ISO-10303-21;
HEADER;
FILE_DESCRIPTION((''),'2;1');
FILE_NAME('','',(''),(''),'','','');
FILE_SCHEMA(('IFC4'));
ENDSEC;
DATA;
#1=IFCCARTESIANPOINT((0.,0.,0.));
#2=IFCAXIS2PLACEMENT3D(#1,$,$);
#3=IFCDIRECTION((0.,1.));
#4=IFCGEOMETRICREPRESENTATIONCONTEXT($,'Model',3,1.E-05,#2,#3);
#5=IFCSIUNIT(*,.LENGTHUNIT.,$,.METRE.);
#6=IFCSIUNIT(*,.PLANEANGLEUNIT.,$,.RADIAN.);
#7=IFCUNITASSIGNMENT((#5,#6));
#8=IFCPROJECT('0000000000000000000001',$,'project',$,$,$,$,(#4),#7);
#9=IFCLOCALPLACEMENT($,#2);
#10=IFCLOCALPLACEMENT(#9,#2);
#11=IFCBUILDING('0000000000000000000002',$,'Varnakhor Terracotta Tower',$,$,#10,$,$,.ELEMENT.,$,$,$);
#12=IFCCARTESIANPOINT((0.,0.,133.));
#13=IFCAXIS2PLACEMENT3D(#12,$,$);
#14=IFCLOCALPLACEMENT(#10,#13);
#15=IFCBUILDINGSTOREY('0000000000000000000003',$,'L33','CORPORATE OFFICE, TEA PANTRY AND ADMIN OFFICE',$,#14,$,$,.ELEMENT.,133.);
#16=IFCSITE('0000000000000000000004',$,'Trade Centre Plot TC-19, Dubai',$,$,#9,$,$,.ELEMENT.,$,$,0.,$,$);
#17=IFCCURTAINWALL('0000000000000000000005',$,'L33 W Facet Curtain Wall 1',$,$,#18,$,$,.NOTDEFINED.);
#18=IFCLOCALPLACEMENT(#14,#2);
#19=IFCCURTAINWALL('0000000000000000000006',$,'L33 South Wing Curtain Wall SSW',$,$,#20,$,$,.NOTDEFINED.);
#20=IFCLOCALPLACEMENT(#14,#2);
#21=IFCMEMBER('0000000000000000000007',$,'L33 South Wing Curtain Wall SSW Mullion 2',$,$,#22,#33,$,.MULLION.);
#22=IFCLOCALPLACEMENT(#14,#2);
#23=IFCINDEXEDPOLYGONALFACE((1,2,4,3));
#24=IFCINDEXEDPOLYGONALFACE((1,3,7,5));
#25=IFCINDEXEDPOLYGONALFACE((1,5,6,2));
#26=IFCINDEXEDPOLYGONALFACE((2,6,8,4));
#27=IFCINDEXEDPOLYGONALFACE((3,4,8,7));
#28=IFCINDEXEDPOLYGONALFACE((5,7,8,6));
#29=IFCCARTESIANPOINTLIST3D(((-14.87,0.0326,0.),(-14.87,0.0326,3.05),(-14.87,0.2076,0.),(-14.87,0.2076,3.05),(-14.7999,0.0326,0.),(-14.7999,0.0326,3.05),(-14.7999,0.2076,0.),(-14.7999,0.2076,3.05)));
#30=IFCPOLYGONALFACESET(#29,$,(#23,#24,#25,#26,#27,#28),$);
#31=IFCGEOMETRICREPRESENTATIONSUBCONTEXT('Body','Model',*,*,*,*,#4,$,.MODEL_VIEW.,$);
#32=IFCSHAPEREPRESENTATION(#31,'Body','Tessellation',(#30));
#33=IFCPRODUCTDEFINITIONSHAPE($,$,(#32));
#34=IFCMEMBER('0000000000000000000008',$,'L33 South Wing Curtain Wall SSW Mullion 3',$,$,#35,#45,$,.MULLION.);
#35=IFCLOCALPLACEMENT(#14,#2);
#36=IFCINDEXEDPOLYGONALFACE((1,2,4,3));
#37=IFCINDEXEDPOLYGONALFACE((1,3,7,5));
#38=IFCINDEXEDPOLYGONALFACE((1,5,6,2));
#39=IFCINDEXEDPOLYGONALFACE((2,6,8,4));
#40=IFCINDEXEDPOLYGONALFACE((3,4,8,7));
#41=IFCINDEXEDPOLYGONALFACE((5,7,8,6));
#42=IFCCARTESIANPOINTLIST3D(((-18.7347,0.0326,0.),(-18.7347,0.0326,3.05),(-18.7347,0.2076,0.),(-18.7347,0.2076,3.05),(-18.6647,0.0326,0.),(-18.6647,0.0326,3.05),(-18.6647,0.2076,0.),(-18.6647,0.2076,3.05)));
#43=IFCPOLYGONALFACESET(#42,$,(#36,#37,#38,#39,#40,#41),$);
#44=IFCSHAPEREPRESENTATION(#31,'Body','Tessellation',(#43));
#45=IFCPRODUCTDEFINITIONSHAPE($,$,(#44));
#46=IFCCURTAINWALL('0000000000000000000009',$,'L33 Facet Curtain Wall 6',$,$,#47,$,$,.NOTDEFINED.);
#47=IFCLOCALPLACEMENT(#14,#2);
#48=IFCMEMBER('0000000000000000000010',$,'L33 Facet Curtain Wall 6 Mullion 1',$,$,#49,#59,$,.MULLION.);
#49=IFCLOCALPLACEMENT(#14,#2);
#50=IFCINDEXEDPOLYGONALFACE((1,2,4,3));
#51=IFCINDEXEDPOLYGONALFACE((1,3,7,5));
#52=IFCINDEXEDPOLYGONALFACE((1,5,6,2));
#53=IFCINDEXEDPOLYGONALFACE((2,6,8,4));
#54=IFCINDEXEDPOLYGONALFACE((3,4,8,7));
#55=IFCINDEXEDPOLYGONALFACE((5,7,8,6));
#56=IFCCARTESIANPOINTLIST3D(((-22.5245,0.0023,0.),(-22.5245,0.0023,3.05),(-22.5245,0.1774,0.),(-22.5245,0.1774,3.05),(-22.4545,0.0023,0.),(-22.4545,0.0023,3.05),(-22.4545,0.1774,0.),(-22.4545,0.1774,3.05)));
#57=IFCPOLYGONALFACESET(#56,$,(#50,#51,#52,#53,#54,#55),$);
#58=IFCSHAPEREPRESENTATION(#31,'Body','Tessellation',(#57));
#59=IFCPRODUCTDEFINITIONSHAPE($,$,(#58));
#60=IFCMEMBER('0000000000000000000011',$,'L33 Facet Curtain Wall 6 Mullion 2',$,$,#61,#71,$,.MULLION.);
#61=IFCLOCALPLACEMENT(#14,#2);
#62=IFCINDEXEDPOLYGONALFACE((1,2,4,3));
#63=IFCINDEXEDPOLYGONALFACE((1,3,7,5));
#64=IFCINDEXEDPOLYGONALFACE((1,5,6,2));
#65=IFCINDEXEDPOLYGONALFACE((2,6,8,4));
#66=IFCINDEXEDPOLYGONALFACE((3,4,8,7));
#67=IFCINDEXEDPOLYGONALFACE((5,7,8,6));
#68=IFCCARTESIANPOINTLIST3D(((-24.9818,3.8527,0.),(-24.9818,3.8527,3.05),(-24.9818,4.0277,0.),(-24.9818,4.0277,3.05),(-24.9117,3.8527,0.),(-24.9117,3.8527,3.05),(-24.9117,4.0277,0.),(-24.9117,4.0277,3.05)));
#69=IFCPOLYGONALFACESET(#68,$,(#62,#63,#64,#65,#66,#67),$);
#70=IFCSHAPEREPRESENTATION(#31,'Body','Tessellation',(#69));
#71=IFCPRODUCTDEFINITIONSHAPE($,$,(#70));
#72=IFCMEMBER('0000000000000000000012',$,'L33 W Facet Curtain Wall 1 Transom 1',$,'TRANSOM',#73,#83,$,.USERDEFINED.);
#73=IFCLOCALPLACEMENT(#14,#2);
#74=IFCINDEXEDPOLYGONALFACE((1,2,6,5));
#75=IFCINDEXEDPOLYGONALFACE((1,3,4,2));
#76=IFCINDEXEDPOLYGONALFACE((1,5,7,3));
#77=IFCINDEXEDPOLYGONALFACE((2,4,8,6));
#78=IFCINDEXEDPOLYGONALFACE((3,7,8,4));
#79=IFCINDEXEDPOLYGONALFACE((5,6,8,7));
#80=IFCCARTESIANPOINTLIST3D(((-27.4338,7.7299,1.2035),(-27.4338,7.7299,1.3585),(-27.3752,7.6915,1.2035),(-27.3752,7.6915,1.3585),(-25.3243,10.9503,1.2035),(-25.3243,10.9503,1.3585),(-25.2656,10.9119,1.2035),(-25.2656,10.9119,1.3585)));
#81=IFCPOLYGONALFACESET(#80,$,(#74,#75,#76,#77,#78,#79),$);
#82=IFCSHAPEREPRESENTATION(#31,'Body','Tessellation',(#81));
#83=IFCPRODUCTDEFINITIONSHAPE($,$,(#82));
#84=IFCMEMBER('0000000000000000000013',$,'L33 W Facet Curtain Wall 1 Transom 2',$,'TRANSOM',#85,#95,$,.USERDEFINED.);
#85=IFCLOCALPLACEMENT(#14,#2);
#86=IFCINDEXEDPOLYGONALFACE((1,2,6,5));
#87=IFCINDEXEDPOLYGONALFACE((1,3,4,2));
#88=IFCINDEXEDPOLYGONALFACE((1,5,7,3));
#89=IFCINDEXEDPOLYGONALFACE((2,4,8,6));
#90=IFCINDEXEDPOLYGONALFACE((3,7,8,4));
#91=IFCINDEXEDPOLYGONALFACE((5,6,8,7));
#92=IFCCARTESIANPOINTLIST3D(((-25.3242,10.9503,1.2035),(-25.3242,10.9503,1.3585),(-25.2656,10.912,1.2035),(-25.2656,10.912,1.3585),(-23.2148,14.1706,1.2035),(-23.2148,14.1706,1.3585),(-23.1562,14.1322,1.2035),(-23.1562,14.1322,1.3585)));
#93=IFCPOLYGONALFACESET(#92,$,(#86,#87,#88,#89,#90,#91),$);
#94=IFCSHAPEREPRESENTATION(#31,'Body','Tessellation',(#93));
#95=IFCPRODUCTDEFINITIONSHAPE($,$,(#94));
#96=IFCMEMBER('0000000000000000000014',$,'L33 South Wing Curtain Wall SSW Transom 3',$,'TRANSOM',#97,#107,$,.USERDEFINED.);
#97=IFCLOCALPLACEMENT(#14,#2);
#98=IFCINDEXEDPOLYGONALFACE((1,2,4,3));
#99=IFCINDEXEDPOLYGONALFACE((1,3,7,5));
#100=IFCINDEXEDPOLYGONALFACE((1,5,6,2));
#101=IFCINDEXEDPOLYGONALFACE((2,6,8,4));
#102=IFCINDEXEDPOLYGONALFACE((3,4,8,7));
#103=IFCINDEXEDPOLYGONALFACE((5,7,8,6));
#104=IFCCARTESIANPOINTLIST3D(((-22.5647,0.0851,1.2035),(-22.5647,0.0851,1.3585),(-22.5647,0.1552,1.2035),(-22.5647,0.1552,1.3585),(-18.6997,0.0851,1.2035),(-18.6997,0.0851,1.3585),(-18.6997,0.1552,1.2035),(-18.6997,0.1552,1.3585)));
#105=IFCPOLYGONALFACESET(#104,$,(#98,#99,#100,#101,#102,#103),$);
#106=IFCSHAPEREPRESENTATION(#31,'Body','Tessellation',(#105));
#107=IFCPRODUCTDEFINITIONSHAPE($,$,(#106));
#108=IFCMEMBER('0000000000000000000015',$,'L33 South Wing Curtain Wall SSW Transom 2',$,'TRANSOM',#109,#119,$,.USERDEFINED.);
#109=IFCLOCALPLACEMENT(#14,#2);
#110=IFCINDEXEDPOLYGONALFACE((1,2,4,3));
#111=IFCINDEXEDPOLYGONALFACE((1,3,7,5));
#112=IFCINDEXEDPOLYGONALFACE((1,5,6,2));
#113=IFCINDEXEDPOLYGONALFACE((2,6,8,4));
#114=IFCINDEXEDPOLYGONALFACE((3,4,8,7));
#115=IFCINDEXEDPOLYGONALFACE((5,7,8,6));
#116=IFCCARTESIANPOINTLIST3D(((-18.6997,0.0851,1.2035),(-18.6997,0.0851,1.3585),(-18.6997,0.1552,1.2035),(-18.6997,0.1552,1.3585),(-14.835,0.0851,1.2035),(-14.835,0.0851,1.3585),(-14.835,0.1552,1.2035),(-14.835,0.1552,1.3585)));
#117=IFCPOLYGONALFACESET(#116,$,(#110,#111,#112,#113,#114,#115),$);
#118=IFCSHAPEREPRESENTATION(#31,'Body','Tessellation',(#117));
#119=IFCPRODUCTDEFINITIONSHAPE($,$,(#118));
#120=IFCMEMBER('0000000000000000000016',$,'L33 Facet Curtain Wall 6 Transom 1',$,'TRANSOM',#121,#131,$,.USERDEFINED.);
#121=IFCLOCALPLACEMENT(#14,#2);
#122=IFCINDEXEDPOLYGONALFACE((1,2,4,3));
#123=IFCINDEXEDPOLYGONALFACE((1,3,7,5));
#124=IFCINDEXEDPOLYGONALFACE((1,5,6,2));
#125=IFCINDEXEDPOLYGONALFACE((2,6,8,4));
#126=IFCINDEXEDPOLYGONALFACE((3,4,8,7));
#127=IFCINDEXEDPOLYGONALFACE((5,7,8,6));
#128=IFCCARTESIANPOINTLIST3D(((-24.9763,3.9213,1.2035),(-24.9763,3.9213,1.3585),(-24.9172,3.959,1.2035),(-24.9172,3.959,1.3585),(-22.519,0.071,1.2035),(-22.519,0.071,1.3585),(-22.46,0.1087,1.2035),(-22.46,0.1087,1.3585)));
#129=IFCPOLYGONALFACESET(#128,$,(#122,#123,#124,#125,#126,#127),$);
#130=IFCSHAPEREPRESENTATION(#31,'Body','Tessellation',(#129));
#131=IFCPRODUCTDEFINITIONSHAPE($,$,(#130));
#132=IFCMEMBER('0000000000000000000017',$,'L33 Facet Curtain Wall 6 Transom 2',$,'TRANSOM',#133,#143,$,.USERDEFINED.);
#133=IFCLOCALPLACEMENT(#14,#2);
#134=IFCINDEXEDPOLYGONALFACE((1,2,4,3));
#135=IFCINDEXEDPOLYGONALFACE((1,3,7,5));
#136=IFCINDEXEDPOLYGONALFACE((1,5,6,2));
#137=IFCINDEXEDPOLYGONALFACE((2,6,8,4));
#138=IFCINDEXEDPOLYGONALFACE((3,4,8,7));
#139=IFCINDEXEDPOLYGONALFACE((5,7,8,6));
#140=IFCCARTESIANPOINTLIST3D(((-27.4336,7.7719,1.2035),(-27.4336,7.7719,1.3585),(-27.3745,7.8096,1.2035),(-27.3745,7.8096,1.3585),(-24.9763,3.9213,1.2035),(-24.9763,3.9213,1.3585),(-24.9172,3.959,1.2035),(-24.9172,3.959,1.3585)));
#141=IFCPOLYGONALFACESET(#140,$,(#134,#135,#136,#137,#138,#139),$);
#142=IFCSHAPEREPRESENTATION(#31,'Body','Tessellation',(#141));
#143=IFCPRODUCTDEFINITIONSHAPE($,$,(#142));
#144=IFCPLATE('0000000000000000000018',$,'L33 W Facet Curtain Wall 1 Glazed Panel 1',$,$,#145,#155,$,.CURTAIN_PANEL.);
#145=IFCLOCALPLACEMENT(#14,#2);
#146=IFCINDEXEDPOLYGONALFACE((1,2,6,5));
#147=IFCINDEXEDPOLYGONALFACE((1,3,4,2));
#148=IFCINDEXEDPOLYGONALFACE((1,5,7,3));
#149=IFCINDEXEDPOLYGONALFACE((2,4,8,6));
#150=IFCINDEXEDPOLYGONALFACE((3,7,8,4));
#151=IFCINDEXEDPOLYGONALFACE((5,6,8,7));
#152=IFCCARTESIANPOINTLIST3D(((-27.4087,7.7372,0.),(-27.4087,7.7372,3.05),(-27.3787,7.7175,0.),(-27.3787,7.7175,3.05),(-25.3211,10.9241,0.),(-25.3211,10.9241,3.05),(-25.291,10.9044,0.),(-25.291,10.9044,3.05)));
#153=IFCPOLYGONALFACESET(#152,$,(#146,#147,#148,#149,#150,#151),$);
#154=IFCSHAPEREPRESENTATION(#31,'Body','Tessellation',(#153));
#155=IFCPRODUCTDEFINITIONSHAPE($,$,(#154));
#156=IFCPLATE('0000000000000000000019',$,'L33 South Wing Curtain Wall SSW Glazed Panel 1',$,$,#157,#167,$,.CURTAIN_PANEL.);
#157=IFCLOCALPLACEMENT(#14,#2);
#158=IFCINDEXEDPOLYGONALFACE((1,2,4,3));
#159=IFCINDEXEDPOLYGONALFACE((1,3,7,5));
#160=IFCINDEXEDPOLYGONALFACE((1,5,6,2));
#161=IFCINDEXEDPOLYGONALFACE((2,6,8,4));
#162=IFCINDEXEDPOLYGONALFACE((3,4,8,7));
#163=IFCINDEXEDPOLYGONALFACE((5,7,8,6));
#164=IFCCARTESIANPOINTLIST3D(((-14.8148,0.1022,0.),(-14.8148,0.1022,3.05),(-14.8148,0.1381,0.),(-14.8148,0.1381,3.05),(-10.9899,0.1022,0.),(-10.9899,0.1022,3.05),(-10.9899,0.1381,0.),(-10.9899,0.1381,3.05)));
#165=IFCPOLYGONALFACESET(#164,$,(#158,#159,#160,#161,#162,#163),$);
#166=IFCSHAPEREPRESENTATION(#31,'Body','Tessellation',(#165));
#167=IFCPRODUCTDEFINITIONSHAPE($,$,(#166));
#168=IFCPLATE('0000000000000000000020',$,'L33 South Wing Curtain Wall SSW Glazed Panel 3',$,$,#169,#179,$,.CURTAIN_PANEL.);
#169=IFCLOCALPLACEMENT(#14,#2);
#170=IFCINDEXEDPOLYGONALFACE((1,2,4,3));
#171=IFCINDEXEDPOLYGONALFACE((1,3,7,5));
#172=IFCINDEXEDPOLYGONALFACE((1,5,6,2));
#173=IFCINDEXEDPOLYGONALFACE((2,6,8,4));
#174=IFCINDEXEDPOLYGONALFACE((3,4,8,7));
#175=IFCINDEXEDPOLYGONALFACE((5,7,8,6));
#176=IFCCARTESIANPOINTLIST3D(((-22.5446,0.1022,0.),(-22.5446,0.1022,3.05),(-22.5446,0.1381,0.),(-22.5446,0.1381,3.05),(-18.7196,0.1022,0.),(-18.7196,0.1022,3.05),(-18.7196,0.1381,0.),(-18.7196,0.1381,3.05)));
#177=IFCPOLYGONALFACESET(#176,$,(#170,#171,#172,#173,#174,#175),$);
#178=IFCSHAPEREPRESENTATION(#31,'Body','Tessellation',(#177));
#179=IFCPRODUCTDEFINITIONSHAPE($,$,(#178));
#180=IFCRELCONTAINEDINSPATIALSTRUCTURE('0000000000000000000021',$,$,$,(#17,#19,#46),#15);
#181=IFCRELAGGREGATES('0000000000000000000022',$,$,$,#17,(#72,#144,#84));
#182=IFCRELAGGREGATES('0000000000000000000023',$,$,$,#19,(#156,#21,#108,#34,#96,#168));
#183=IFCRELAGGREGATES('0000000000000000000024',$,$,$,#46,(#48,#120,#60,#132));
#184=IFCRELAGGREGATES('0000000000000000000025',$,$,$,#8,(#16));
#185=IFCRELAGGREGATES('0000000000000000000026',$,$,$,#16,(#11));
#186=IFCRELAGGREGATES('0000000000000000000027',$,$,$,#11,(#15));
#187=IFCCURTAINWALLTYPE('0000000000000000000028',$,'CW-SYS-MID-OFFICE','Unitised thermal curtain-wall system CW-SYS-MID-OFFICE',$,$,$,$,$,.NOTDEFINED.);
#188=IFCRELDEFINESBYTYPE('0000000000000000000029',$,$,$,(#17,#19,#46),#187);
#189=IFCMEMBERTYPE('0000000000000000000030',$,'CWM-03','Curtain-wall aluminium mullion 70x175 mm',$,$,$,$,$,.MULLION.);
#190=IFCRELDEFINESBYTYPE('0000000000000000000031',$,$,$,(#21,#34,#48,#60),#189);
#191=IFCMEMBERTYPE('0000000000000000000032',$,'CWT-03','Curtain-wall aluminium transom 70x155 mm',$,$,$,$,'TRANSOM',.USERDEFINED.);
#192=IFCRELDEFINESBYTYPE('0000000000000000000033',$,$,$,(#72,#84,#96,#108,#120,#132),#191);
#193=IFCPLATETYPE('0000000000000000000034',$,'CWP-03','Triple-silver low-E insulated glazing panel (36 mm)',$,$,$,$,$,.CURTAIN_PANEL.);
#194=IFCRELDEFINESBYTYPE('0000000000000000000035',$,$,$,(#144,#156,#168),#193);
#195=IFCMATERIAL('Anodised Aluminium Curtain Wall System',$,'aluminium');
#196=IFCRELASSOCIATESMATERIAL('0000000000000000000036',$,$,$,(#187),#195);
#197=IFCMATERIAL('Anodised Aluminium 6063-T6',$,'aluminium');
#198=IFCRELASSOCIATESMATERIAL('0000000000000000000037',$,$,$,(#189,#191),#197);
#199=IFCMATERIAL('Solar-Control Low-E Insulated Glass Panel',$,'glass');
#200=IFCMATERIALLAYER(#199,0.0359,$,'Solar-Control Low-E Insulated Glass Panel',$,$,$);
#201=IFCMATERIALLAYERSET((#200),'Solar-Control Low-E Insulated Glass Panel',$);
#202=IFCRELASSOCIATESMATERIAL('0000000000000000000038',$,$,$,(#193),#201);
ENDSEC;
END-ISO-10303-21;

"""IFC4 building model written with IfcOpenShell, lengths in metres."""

from ifc_helpers import new_model, si_unit, direction, frame, origin, origin_2d, place, context, subcontext, project, spatial, rectangle, extrude, source, transform, mapped, material, layer, layer_set, material_profile, profile_set, type_object, element, aggregate, save


model = new_model("IFC4")

# Units and contexts
model_context = context("Model", 3, precision=1e-05, world=origin(), true_north=direction((0.0, 1.0)))
body_context = subcontext(model_context, "Body", "Model", "MODEL_VIEW")
ifc_project = project(units=[si_unit("LENGTHUNIT", "METRE"), si_unit("PLANEANGLEUNIT", "RADIAN")], contexts=[model_context])

# Site, building, storey
site_placement = place(None, origin())
site = spatial("IfcSite", under=ifc_project, at=site_placement, Name="Trade Centre Plot TC-19, Dubai", CompositionType="ELEMENT", RefElevation=0.0)
building_placement = place(site_placement, origin())
building = spatial("IfcBuilding", under=site, at=building_placement, Name="Varnakhor Terracotta Tower", CompositionType="ELEMENT")
storey_placement = place(building_placement, frame((0.0, 0.0, 133.0)))
storey = spatial("IfcBuildingStorey", under=building, at=storey_placement, Name="L33", Description="CORPORATE OFFICE, TEA PANTRY AND ADMIN OFFICE", CompositionType="ELEMENT", Elevation=133.0)

# Curtain walls, members
ifc_material_1 = material(Name="Anodised Aluminium Curtain Wall System", Category="aluminium")
curtain_wall_type = type_object("IfcCurtainWallType", Name="CW-SYS-MID-OFFICE", Description="Unitised thermal curtain-wall system CW-SYS-MID-OFFICE", PredefinedType="NOTDEFINED", material=ifc_material_1)
curtain_wall_1_placement = place(storey_placement, origin())
curtain_wall_1 = element("IfcCurtainWall", 1, at=curtain_wall_1_placement, inside=storey, type_object=curtain_wall_type, Name="L33 W Facet Curtain Wall 1", PredefinedType="NOTDEFINED")
ifc_material_2 = material(Name="Anodised Aluminium 6063-T6", Category="aluminium")
ifc_material_profile_1 = material_profile(ifc_material_2, rectangle(XDim=0.0701, YDim=0.175, at=origin_2d()), Name="ALU MULLION 70x175")
ifc_profile_set_1 = profile_set([ifc_material_profile_1], Name="Anodised Aluminium 6063-T6")
member_type_1 = type_object("IfcMemberType", Name="CWM-03", Description="Curtain-wall aluminium mullion 70x175 mm", PredefinedType="MULLION", material=ifc_profile_set_1)
shared_shape_1 = source(origin(), body_context, "Body", "SweptSolid", [
    extrude(rectangle(XDim=0.0701, YDim=0.175, at=origin_2d()), origin(), (0.0, 0.0, 1.0), 3.05),
])
curtain_wall_2_placement = place(storey_placement, origin())
curtain_wall_2 = element("IfcCurtainWall", 2, at=curtain_wall_2_placement, inside=storey, type_object=curtain_wall_type, Name="L33 South Wing Curtain Wall SSW", PredefinedType="NOTDEFINED")
member_1_placement = place(storey_placement, frame((-14.835, 0.1201, 0.0), z_axis=(0.0, 0.0, 1.0), x_axis=(1.0, 0.0, 0.0)))
member_1 = element("IfcMember", 3, at=member_1_placement, type_object=member_type_1, Name="L33 South Wing Curtain Wall SSW Mullion 2", PredefinedType="MULLION", context=body_context, shape_type="MappedRepresentation", body=[
    mapped(shared_shape_1, transform((0.0, 0.0, 0.0), scale=1.0)),
])
member_2_placement = place(storey_placement, frame((-18.6997, 0.1201, 0.0), z_axis=(0.0, 0.0, 1.0), x_axis=(1.0, 0.0, 0.0)))
member_2 = element("IfcMember", 4, at=member_2_placement, type_object=member_type_1, Name="L33 South Wing Curtain Wall SSW Mullion 3", PredefinedType="MULLION", context=body_context, shape_type="MappedRepresentation", body=[
    mapped(shared_shape_1, transform((0.0, 0.0, 0.0), scale=1.0)),
])
curtain_wall_3_placement = place(storey_placement, origin())
curtain_wall_3 = element("IfcCurtainWall", 5, at=curtain_wall_3_placement, inside=storey, type_object=curtain_wall_type, Name="L33 Facet Curtain Wall 6", PredefinedType="NOTDEFINED")
member_3_placement = place(storey_placement, frame((-22.4895, 0.0898, 0.0), z_axis=(0.0, 0.0, 1.0), x_axis=(1.0, 0.0, 0.0)))
member_3 = element("IfcMember", 6, at=member_3_placement, type_object=member_type_1, Name="L33 Facet Curtain Wall 6 Mullion 1", PredefinedType="MULLION", context=body_context, shape_type="MappedRepresentation", body=[
    mapped(shared_shape_1, transform((0.0, 0.0, 0.0), scale=1.0)),
])
member_4_placement = place(storey_placement, frame((-24.9468, 3.9402, 0.0), z_axis=(0.0, 0.0, 1.0), x_axis=(1.0, 0.0, 0.0)))
member_4 = element("IfcMember", 7, at=member_4_placement, type_object=member_type_1, Name="L33 Facet Curtain Wall 6 Mullion 2", PredefinedType="MULLION", context=body_context, shape_type="MappedRepresentation", body=[
    mapped(shared_shape_1, transform((0.0, 0.0, 0.0), scale=1.0)),
])

# Members
ifc_material_profile_2 = material_profile(ifc_material_2, rectangle(XDim=0.0701, YDim=0.155, at=origin_2d()), Name="ALU TRANSOM 70x155")
ifc_profile_set_2 = profile_set([ifc_material_profile_2], Name="Anodised Aluminium 6063-T6")
member_type_2 = type_object("IfcMemberType", Name="CWT-03", Description="Curtain-wall aluminium transom 70x155 mm", ElementType="TRANSOM", PredefinedType="USERDEFINED", material=ifc_profile_set_2)
shared_shape_2 = source(origin(), body_context, "Body", "SweptSolid", [
    extrude(rectangle(XDim=0.0701, YDim=0.155, at=origin_2d()), origin(), (0.0, 0.0, 1.0), 3.8499),
])
member_5_placement = place(storey_placement, frame((-27.4045, 7.7107, 1.281), z_axis=(0.547965, 0.836501, 0.0), x_axis=(-0.836501, 0.547965, 0.0)))
member_5 = element("IfcMember", 8, at=member_5_placement, type_object=member_type_2, Name="L33 W Facet Curtain Wall 1 Transom 1", ObjectType="TRANSOM", PredefinedType="USERDEFINED", context=body_context, shape_type="MappedRepresentation", body=[
    mapped(shared_shape_2, transform((0.0, 0.0, 0.0), scale=1.0)),
])
shared_shape_3 = source(origin(), body_context, "Body", "SweptSolid", [
    extrude(rectangle(XDim=0.0701, YDim=0.155, at=origin_2d()), origin(), (0.0, 0.0, 1.0), 3.8496),
])
member_6_placement = place(storey_placement, frame((-25.2949, 10.9312, 1.281), z_axis=(0.54795, 0.836511, 0.0), x_axis=(-0.836511, 0.54795, 0.0)))
member_6 = element("IfcMember", 9, at=member_6_placement, type_object=member_type_2, Name="L33 W Facet Curtain Wall 1 Transom 2", ObjectType="TRANSOM", PredefinedType="USERDEFINED", context=body_context, shape_type="MappedRepresentation", body=[
    mapped(shared_shape_3, transform((0.0, 0.0, 0.0), scale=1.0)),
])
shared_shape_4 = source(origin(), body_context, "Body", "SweptSolid", [
    extrude(rectangle(XDim=0.0701, YDim=0.155, at=origin_2d()), origin(), (0.0, 0.0, 1.0), 3.865),
])
member_7_placement = place(storey_placement, frame((-18.6997, 0.1201, 1.281), z_axis=(-1.0, 0.0, 0.0), x_axis=(0.0, -1.0, 0.0)))
member_7 = element("IfcMember", 10, at=member_7_placement, type_object=member_type_2, Name="L33 South Wing Curtain Wall SSW Transom 3", ObjectType="TRANSOM", PredefinedType="USERDEFINED", context=body_context, shape_type="MappedRepresentation", body=[
    mapped(shared_shape_4, transform((0.0, 0.0, 0.0), scale=1.0)),
])
shared_shape_5 = source(origin(), body_context, "Body", "SweptSolid", [
    extrude(rectangle(XDim=0.0701, YDim=0.155, at=origin_2d()), origin(), (0.0, 0.0, 1.0), 3.8647),
])
member_8_placement = place(storey_placement, frame((-14.835, 0.1201, 1.281), z_axis=(-1.0, 0.0, 0.0), x_axis=(0.0, -1.0, 0.0)))
member_8 = element("IfcMember", 11, at=member_8_placement, type_object=member_type_2, Name="L33 South Wing Curtain Wall SSW Transom 2", ObjectType="TRANSOM", PredefinedType="USERDEFINED", context=body_context, shape_type="MappedRepresentation", body=[
    mapped(shared_shape_5, transform((0.0, 0.0, 0.0), scale=1.0)),
])
shared_shape_6 = source(origin(), body_context, "Body", "SweptSolid", [
    extrude(rectangle(XDim=0.0701, YDim=0.155, at=origin_2d()), origin(), (0.0, 0.0, 1.0), 4.5676),
])
member_9_placement = place(storey_placement, frame((-22.4895, 0.0898, 1.281), z_axis=(-0.537975, 0.842961, 0.0), x_axis=(-0.842961, -0.537975, 0.0)))
member_9 = element("IfcMember", 12, at=member_9_placement, type_object=member_type_2, Name="L33 Facet Curtain Wall 6 Transom 1", ObjectType="TRANSOM", PredefinedType="USERDEFINED", context=body_context, shape_type="MappedRepresentation", body=[
    mapped(shared_shape_6, transform((0.0, 0.0, 0.0), scale=1.0)),
])
shared_shape_7 = source(origin(), body_context, "Body", "SweptSolid", [
    extrude(rectangle(XDim=0.0701, YDim=0.155, at=origin_2d()), origin(), (0.0, 0.0, 1.0), 4.5679),
])
member_10_placement = place(storey_placement, frame((-24.9468, 3.9402, 1.281), z_axis=(-0.537951, 0.842976, 0.0), x_axis=(-0.842976, -0.537951, 0.0)))
member_10 = element("IfcMember", 13, at=member_10_placement, type_object=member_type_2, Name="L33 Facet Curtain Wall 6 Transom 2", ObjectType="TRANSOM", PredefinedType="USERDEFINED", context=body_context, shape_type="MappedRepresentation", body=[
    mapped(shared_shape_7, transform((0.0, 0.0, 0.0), scale=1.0)),
])

# Plates
ifc_material_3 = material(Name="Solar-Control Low-E Insulated Glass Panel", Category="glass")
ifc_layer_1 = layer(ifc_material_3, 0.0359, Name="Solar-Control Low-E Insulated Glass Panel")
ifc_layer_set_1 = layer_set([ifc_layer_1], Name="Solar-Control Low-E Insulated Glass Panel")
plate_type = type_object("IfcPlateType", Name="CWP-03", Description="Triple-silver low-E insulated glazing panel (36 mm)", PredefinedType="CURTAIN_PANEL", material=ifc_layer_set_1)
shared_shape_8 = source(origin(), body_context, "Body", "SweptSolid", [
    extrude(rectangle(XDim=3.8098, YDim=0.0359, at=origin_2d()), origin(), (0.0, 0.0, 1.0), 3.05),
])
plate_1_placement = place(storey_placement, frame((-26.3499, 9.3208, 0.0), z_axis=(0.0, 0.0, 1.0), x_axis=(0.547957, 0.836506, 0.0)))
plate_1 = element("IfcPlate", 14, at=plate_1_placement, type_object=plate_type, Name="L33 W Facet Curtain Wall 1 Glazed Panel 1", PredefinedType="CURTAIN_PANEL", context=body_context, shape_type="MappedRepresentation", body=[
    mapped(shared_shape_8, transform((0.0, 0.0, 0.0), scale=1.0)),
])
aggregate(curtain_wall_1, [member_5, plate_1, member_6])
shared_shape_9 = source(origin(), body_context, "Body", "SweptSolid", [
    extrude(rectangle(XDim=3.825, YDim=0.0359, at=origin_2d()), origin(), (0.0, 0.0, 1.0), 3.05),
])
plate_2_placement = place(storey_placement, frame((-12.9023, 0.1201, 0.0), z_axis=(0.0, 0.0, 1.0), x_axis=(-1.0, 0.0, 0.0)))
plate_2 = element("IfcPlate", 15, at=plate_2_placement, type_object=plate_type, Name="L33 South Wing Curtain Wall SSW Glazed Panel 1", PredefinedType="CURTAIN_PANEL", context=body_context, shape_type="MappedRepresentation", body=[
    mapped(shared_shape_9, transform((0.0, 0.0, 0.0), scale=1.0)),
])
plate_3_placement = place(storey_placement, frame((-20.6321, 0.1201, 0.0), z_axis=(0.0, 0.0, 1.0), x_axis=(-1.0, 0.0, 0.0)))
plate_3 = element("IfcPlate", 16, at=plate_3_placement, type_object=plate_type, Name="L33 South Wing Curtain Wall SSW Glazed Panel 3", PredefinedType="CURTAIN_PANEL", context=body_context, shape_type="MappedRepresentation", body=[
    mapped(shared_shape_9, transform((0.0, 0.0, 0.0), scale=1.0)),
])
aggregate(curtain_wall_2, [plate_2, member_1, member_8, member_2, member_7, plate_3])
aggregate(curtain_wall_3, [member_3, member_9, member_4, member_10])

save(model, "model.ifc")
